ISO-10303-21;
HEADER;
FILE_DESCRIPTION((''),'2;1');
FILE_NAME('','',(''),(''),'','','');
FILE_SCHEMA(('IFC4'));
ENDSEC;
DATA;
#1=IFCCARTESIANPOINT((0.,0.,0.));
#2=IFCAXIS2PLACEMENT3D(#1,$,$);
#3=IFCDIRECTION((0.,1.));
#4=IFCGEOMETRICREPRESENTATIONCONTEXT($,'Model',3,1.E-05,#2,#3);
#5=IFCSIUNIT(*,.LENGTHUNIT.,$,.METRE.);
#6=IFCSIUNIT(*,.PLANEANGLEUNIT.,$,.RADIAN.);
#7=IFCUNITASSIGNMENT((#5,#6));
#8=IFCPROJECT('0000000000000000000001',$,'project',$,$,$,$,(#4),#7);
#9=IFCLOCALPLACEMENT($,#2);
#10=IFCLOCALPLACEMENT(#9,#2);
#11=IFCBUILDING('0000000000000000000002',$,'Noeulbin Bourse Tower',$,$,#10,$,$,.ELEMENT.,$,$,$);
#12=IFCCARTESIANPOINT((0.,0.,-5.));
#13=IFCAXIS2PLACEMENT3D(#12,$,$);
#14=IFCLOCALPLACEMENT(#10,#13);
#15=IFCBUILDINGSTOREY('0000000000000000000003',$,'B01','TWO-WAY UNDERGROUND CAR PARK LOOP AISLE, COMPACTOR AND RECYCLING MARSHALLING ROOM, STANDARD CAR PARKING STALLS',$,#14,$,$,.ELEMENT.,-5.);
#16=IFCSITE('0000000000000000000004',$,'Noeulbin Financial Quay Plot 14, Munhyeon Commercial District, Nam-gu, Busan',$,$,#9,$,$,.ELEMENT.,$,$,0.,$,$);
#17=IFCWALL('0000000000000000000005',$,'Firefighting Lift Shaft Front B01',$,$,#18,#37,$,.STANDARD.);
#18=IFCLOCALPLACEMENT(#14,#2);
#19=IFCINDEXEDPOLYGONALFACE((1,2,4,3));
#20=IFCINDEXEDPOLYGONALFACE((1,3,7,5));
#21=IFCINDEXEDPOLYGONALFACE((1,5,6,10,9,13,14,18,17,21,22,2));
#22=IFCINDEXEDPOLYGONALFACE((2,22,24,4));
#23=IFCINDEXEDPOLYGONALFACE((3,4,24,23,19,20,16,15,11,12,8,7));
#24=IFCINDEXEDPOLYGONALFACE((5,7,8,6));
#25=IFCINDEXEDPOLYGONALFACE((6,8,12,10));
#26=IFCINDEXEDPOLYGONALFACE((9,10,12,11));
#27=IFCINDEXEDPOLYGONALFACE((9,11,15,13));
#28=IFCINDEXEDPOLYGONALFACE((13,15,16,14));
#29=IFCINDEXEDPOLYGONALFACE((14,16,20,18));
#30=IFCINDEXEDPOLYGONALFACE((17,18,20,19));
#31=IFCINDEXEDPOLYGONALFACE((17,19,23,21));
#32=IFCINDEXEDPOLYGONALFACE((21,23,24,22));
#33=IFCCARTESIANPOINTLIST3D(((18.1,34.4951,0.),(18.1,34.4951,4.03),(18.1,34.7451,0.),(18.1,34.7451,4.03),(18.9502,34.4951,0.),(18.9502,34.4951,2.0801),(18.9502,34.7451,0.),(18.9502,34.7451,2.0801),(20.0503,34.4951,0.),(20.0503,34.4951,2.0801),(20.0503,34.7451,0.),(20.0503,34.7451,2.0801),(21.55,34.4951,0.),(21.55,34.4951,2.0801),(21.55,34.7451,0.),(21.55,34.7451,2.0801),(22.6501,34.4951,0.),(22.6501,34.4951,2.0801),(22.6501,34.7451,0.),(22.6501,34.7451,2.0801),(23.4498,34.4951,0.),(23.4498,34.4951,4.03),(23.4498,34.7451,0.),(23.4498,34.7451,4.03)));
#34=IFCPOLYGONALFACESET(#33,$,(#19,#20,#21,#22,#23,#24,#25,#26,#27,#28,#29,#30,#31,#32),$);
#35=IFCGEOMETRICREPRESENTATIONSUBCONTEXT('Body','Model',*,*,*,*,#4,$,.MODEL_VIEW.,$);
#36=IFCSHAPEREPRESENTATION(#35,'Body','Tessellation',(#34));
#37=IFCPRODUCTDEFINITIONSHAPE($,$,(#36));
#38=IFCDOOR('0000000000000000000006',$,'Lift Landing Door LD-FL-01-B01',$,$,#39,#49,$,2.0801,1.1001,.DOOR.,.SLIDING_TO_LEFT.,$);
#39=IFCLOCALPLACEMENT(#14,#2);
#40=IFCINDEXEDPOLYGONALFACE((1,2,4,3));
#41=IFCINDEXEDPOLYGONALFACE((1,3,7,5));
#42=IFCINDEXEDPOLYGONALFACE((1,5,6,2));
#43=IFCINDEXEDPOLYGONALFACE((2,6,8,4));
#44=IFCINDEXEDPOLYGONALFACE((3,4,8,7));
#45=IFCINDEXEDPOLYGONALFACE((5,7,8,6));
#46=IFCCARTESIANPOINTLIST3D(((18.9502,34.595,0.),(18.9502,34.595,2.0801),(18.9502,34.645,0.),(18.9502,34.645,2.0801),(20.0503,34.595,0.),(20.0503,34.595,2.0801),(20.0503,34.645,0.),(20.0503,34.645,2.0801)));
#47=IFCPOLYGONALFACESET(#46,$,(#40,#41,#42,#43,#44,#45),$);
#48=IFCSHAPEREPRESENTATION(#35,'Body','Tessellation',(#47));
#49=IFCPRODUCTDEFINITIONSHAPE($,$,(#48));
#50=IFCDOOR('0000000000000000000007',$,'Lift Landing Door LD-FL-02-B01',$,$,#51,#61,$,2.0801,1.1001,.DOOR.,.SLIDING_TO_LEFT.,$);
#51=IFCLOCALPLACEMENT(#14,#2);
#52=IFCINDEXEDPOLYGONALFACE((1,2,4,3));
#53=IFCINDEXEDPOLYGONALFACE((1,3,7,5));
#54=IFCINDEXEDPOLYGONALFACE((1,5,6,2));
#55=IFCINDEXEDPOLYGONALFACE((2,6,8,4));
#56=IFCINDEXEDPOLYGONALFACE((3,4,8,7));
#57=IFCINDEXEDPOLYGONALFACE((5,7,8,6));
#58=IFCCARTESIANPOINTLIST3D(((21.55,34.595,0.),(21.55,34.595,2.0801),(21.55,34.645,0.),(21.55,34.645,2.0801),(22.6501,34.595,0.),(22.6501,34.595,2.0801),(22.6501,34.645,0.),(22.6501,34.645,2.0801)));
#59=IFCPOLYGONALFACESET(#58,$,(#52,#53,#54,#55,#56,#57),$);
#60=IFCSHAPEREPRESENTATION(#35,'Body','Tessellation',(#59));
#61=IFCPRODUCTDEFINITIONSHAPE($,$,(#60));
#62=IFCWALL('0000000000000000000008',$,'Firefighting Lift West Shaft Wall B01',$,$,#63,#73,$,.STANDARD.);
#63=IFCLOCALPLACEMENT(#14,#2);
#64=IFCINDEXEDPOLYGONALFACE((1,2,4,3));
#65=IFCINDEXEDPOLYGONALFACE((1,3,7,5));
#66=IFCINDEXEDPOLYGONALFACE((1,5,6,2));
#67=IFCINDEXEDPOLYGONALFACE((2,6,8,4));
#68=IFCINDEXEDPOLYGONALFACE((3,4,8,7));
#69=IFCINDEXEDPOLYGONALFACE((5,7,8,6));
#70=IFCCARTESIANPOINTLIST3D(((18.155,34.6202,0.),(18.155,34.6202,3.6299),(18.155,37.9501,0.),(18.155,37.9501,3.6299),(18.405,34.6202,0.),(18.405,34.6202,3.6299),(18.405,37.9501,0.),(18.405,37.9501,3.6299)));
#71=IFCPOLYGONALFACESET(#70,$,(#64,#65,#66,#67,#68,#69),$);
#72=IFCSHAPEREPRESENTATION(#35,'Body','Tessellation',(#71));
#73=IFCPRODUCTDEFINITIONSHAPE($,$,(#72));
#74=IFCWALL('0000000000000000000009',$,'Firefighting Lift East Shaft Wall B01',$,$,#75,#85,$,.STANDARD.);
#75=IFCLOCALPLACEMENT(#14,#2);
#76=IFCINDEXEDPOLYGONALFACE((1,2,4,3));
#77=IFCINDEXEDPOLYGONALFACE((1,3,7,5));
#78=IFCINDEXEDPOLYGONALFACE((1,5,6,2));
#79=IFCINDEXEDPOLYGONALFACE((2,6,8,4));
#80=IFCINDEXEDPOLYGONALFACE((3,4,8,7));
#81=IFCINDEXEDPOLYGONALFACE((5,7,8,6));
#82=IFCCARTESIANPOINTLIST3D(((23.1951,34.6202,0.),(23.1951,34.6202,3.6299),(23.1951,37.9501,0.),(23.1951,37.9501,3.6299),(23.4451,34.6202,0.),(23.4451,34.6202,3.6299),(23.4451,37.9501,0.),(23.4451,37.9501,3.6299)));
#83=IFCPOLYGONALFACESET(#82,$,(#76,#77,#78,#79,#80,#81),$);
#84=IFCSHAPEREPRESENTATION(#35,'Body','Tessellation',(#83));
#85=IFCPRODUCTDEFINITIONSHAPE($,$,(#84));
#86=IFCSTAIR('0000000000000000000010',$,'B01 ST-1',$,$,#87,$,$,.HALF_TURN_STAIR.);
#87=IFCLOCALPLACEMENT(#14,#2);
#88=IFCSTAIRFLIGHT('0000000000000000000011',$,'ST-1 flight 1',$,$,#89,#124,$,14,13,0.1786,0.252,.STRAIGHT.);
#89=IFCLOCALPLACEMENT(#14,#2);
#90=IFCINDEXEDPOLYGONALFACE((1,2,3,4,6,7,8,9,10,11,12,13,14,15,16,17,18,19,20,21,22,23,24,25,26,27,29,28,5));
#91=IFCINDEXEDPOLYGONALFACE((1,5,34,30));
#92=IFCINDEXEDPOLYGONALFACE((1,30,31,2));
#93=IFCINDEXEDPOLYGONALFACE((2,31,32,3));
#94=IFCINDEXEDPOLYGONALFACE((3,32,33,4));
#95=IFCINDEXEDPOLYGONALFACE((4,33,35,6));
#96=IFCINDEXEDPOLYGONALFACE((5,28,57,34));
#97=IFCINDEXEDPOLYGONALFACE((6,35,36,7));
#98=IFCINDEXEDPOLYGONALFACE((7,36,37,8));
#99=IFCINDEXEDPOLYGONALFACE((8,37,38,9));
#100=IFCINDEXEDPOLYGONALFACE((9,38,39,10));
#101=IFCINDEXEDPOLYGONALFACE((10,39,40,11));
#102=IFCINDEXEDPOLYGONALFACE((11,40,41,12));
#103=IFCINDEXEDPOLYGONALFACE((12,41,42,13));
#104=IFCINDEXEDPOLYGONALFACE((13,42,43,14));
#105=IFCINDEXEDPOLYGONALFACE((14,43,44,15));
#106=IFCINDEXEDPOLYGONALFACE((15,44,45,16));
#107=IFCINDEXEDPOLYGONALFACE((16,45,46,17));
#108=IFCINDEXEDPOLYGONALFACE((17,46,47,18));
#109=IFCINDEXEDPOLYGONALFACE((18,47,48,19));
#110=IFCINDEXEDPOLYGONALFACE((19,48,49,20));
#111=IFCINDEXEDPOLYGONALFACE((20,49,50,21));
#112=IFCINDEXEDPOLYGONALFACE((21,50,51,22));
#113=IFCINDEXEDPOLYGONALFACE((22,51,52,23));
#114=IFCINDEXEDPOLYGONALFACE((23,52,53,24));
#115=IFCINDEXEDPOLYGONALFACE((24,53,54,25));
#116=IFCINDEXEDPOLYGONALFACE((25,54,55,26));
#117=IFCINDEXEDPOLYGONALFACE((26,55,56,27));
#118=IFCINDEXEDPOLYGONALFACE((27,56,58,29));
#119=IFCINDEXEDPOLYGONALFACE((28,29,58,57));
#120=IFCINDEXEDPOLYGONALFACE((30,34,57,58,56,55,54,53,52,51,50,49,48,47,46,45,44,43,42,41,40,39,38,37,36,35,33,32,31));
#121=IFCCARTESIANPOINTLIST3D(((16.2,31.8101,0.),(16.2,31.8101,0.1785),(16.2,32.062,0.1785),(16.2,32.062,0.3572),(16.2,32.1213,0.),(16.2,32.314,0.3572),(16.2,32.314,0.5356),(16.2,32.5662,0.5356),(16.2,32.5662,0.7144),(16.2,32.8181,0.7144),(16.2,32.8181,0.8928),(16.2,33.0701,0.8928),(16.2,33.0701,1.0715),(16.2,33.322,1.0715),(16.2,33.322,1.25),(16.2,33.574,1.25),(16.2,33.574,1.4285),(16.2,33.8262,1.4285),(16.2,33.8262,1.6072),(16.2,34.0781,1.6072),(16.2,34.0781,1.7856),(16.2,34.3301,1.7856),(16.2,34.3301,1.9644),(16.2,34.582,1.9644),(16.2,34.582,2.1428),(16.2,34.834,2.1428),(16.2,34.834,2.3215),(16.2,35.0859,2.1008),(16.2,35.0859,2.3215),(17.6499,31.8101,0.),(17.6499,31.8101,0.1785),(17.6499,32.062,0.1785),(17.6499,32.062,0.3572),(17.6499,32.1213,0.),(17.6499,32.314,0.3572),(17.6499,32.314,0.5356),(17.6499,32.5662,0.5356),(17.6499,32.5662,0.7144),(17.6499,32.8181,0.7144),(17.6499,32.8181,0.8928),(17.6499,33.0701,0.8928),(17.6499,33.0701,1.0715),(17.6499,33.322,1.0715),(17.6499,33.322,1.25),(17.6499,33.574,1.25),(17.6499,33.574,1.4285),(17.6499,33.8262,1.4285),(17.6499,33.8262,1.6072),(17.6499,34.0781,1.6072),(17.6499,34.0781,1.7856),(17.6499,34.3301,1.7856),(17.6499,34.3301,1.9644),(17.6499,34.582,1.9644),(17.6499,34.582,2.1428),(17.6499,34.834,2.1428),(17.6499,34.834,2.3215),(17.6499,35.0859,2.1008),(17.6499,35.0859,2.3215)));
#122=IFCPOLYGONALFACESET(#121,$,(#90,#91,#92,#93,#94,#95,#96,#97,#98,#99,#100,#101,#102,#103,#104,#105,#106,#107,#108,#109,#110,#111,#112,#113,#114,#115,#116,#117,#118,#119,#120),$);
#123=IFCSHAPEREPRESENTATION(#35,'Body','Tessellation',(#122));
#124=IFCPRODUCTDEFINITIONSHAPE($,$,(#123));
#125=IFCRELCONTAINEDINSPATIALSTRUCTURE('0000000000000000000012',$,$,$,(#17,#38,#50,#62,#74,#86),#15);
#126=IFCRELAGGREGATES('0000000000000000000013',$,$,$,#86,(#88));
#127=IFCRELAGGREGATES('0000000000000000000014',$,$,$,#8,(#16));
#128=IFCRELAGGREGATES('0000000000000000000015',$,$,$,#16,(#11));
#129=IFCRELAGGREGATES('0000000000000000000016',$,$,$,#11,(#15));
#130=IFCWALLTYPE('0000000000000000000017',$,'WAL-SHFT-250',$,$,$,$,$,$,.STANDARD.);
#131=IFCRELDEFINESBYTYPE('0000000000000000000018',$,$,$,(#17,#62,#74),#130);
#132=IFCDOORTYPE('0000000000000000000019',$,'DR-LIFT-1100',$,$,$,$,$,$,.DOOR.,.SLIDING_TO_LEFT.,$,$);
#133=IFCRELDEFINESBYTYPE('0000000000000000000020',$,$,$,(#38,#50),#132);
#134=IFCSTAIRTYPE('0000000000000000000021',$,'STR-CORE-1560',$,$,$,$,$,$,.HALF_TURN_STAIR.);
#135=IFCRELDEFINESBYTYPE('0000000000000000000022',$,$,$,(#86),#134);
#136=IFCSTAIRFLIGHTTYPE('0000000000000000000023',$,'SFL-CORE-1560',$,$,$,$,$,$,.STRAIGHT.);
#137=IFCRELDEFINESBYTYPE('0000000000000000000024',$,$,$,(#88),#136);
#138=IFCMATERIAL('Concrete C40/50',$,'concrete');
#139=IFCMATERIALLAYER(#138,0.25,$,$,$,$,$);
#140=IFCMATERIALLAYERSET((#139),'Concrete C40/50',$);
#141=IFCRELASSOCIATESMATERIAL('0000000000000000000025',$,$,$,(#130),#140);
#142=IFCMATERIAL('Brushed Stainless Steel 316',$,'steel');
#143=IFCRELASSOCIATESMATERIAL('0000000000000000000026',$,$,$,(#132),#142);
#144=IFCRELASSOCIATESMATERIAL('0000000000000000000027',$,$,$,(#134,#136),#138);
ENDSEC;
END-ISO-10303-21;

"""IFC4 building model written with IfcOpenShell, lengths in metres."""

from ifc_helpers import new_model, si_unit, direction, frame, frame_2d, origin, place, context, subcontext, project, spatial, polyline, rectangle, outline, extrude, material, layer, layer_set, type_object, element, fill, aggregate, save


model = new_model("IFC4")

# Units and contexts
model_context = context("Model", 3, precision=1e-05, world=origin(), true_north=direction((0.0, 1.0)))
body_context = subcontext(model_context, "Body", "Model", "MODEL_VIEW")
ifc_project = project(units=[si_unit("LENGTHUNIT", "METRE"), si_unit("PLANEANGLEUNIT", "RADIAN")], contexts=[model_context])

# Site, building, storey
site_placement = place(None, origin())
site = spatial("IfcSite", under=ifc_project, at=site_placement, Name="Noeulbin Financial Quay Plot 14, Munhyeon Commercial District, Nam-gu, Busan", CompositionType="ELEMENT", RefElevation=0.0)
building_placement = place(site_placement, origin())
building = spatial("IfcBuilding", under=site, at=building_placement, Name="Noeulbin Bourse Tower", CompositionType="ELEMENT")
storey_placement = place(building_placement, frame((0.0, 0.0, -5.0)))
storey = spatial("IfcBuildingStorey", under=building, at=storey_placement, Name="B01", Description="TWO-WAY UNDERGROUND CAR PARK LOOP AISLE, COMPACTOR AND RECYCLING MARSHALLING ROOM, STANDARD CAR PARKING STALLS", CompositionType="ELEMENT", Elevation=-5.0)

# Shared definitions
ifc_material_1 = material(Name="Concrete C40/50", Category="concrete")
ifc_layer_1 = layer(ifc_material_1, 0.25)
ifc_layer_set_1 = layer_set([ifc_layer_1], Name="Concrete C40/50")
wall_type_1 = type_object("IfcWallType", Name="WAL-SHFT-250", PredefinedType="STANDARD", material=ifc_layer_set_1)

# Wall, openings, doors
wall_1_placement = place(storey_placement, frame((18.1001, 34.6201, 0.0), z_axis=(0.0, 0.0, 1.0), x_axis=(1.0, 0.0, 0.0)))
wall_1 = element("IfcWall", 1, at=wall_1_placement, inside=storey, type_object=wall_type_1, Name="Firefighting Lift Shaft Front B01", PredefinedType="STANDARD", context=body_context, shape_type="SweptSolid", body=[
    extrude(rectangle(XDim=5.3499, YDim=0.25, at=frame_2d((2.6748, 0.0))), origin(), (0.0, 0.0, 1.0), 4.03),
])
opening_1_placement = place(wall_1_placement, frame((0.8501, 0.0, 0.0)))
opening_1 = element("IfcOpeningElement", 2, at=opening_1_placement, cuts=wall_1, PredefinedType="OPENING", context=body_context, shape_type="SweptSolid", body=[
    extrude(rectangle(XDim=1.1001, YDim=2.0801, at=frame_2d((0.55, 1.04))), frame((0.0, 0.135, 0.0), z_axis=(0.0, -1.0, 0.0), x_axis=(1.0, 0.0, 0.0)), (0.0, 0.0, 1.0), 0.27),
])
opening_2_placement = place(wall_1_placement, frame((3.45, 0.0, 0.0)))
opening_2 = element("IfcOpeningElement", 3, at=opening_2_placement, cuts=wall_1, PredefinedType="OPENING", context=body_context, shape_type="SweptSolid", body=[
    extrude(rectangle(XDim=1.1001, YDim=2.0801, at=frame_2d((0.55, 1.04))), frame((0.0, 0.135, 0.0), z_axis=(0.0, -1.0, 0.0), x_axis=(1.0, 0.0, 0.0)), (0.0, 0.0, 1.0), 0.27),
])
ifc_material_2 = material(Name="Brushed Stainless Steel 316", Category="steel")
door_type = type_object("IfcDoorType", Name="DR-LIFT-1100", OperationType="SLIDING_TO_LEFT", PredefinedType="DOOR", material=ifc_material_2)
door_1_placement = place(opening_1_placement, origin())
door_1 = element("IfcDoor", 4, at=door_1_placement, inside=storey, type_object=door_type, Name="Lift Landing Door LD-FL-01-B01", OperationType="SLIDING_TO_LEFT", OverallHeight=2.0801, OverallWidth=1.1001, PredefinedType="DOOR", context=body_context, shape_type="SweptSolid", body=[
    extrude(rectangle(XDim=1.1001, YDim=2.0801, at=frame_2d((0.55, 1.04))), frame((0.0, 0.0249, 0.0), z_axis=(0.0, -1.0, 0.0), x_axis=(1.0, 0.0, 0.0)), (0.0, 0.0, 1.0), 0.05),
])
fill(opening_1, door_1)
door_2_placement = place(opening_2_placement, origin())
door_2 = element("IfcDoor", 5, at=door_2_placement, inside=storey, type_object=door_type, Name="Lift Landing Door LD-FL-02-B01", OperationType="SLIDING_TO_LEFT", OverallHeight=2.0801, OverallWidth=1.1001, PredefinedType="DOOR", context=body_context, shape_type="SweptSolid", body=[
    extrude(rectangle(XDim=1.1001, YDim=2.0801, at=frame_2d((0.55, 1.04))), frame((0.0, 0.0249, 0.0), z_axis=(0.0, -1.0, 0.0), x_axis=(1.0, 0.0, 0.0)), (0.0, 0.0, 1.0), 0.05),
])
fill(opening_2, door_2)

# Walls
for number, where, z_axis, x_axis, name in (
    (6, (18.28, 34.6201, 0.0), (0.0, 0.0, 1.0), (0.0, 1.0, 0.0), "Firefighting Lift West Shaft Wall B01"),
    (7, (23.3201, 34.6201, 0.0), (0.0, 0.0, 1.0), (0.0, 1.0, 0.0), "Firefighting Lift East Shaft Wall B01"),
):
    element("IfcWall", number, at=place(storey_placement, frame(where, z_axis=z_axis, x_axis=x_axis)), inside=storey, type_object=wall_type_1, Name=name, PredefinedType="STANDARD", context=body_context, shape_type="SweptSolid", body=[
        extrude(rectangle(XDim=3.3298, YDim=0.25, at=frame_2d((1.665, 0.0))), origin(), (0.0, 0.0, 1.0), 3.6299),
    ])

# Stair, stair flight
stair_type = type_object("IfcStairType", Name="STR-CORE-1560", PredefinedType="HALF_TURN_STAIR", material=ifc_material_1)
stair_placement = place(storey_placement, origin())
stair = element("IfcStair", 8, at=stair_placement, inside=storey, type_object=stair_type, Name="B01 ST-1", PredefinedType="HALF_TURN_STAIR")
stair_flight_type = type_object("IfcStairFlightType", Name="SFL-CORE-1560", PredefinedType="STRAIGHT", material=ifc_material_1)
stair_flight_placement = place(storey_placement, frame((16.925, 31.8101, 0.0), z_axis=(0.0, 0.0, 1.0), x_axis=(0.0, 1.0, 0.0)))
stair_flight = element("IfcStairFlight", 9, at=stair_flight_placement, type_object=stair_flight_type, Name="ST-1 flight 1", NumberOfRisers=14, NumberOfTreads=13, PredefinedType="STRAIGHT", RiserHeight=0.1786, TreadLength=0.252, context=body_context, shape_type="SweptSolid", body=[
    extrude(outline(polyline([(0.0, 0.0), (0.0, 0.1785), (0.252, 0.1785), (0.252, 0.3572), (0.5039, 0.3572), (0.5039, 0.5356), (0.7561, 0.5356), (0.7561, 0.7144), (1.0081, 0.7144), (1.0081, 0.8928), (1.26, 0.8928), (1.26, 1.0715), (1.512, 1.0715), (1.512, 1.25), (1.7639, 1.25), (1.7639, 1.4285), (2.0161, 1.4285), (2.0161, 1.6072), (2.2681, 1.6072), (2.2681, 1.7856), (2.52, 1.7856), (2.52, 1.9644), (2.772, 1.9644), (2.772, 2.1428), (3.0239, 2.1428), (3.0239, 2.3215), (3.2759, 2.3215), (3.2759, 2.5), (3.2759, 2.1008), (0.3113, 0.0), (0.0, 0.0)])), frame((0.0, 0.7251, 0.0), z_axis=(0.0, -1.0, 0.0), x_axis=(1.0, 0.0, 0.0)), (0.0, 0.0, 1.0), 1.45),
])
aggregate(stair, [stair_flight])

save(model, "model.ifc")
